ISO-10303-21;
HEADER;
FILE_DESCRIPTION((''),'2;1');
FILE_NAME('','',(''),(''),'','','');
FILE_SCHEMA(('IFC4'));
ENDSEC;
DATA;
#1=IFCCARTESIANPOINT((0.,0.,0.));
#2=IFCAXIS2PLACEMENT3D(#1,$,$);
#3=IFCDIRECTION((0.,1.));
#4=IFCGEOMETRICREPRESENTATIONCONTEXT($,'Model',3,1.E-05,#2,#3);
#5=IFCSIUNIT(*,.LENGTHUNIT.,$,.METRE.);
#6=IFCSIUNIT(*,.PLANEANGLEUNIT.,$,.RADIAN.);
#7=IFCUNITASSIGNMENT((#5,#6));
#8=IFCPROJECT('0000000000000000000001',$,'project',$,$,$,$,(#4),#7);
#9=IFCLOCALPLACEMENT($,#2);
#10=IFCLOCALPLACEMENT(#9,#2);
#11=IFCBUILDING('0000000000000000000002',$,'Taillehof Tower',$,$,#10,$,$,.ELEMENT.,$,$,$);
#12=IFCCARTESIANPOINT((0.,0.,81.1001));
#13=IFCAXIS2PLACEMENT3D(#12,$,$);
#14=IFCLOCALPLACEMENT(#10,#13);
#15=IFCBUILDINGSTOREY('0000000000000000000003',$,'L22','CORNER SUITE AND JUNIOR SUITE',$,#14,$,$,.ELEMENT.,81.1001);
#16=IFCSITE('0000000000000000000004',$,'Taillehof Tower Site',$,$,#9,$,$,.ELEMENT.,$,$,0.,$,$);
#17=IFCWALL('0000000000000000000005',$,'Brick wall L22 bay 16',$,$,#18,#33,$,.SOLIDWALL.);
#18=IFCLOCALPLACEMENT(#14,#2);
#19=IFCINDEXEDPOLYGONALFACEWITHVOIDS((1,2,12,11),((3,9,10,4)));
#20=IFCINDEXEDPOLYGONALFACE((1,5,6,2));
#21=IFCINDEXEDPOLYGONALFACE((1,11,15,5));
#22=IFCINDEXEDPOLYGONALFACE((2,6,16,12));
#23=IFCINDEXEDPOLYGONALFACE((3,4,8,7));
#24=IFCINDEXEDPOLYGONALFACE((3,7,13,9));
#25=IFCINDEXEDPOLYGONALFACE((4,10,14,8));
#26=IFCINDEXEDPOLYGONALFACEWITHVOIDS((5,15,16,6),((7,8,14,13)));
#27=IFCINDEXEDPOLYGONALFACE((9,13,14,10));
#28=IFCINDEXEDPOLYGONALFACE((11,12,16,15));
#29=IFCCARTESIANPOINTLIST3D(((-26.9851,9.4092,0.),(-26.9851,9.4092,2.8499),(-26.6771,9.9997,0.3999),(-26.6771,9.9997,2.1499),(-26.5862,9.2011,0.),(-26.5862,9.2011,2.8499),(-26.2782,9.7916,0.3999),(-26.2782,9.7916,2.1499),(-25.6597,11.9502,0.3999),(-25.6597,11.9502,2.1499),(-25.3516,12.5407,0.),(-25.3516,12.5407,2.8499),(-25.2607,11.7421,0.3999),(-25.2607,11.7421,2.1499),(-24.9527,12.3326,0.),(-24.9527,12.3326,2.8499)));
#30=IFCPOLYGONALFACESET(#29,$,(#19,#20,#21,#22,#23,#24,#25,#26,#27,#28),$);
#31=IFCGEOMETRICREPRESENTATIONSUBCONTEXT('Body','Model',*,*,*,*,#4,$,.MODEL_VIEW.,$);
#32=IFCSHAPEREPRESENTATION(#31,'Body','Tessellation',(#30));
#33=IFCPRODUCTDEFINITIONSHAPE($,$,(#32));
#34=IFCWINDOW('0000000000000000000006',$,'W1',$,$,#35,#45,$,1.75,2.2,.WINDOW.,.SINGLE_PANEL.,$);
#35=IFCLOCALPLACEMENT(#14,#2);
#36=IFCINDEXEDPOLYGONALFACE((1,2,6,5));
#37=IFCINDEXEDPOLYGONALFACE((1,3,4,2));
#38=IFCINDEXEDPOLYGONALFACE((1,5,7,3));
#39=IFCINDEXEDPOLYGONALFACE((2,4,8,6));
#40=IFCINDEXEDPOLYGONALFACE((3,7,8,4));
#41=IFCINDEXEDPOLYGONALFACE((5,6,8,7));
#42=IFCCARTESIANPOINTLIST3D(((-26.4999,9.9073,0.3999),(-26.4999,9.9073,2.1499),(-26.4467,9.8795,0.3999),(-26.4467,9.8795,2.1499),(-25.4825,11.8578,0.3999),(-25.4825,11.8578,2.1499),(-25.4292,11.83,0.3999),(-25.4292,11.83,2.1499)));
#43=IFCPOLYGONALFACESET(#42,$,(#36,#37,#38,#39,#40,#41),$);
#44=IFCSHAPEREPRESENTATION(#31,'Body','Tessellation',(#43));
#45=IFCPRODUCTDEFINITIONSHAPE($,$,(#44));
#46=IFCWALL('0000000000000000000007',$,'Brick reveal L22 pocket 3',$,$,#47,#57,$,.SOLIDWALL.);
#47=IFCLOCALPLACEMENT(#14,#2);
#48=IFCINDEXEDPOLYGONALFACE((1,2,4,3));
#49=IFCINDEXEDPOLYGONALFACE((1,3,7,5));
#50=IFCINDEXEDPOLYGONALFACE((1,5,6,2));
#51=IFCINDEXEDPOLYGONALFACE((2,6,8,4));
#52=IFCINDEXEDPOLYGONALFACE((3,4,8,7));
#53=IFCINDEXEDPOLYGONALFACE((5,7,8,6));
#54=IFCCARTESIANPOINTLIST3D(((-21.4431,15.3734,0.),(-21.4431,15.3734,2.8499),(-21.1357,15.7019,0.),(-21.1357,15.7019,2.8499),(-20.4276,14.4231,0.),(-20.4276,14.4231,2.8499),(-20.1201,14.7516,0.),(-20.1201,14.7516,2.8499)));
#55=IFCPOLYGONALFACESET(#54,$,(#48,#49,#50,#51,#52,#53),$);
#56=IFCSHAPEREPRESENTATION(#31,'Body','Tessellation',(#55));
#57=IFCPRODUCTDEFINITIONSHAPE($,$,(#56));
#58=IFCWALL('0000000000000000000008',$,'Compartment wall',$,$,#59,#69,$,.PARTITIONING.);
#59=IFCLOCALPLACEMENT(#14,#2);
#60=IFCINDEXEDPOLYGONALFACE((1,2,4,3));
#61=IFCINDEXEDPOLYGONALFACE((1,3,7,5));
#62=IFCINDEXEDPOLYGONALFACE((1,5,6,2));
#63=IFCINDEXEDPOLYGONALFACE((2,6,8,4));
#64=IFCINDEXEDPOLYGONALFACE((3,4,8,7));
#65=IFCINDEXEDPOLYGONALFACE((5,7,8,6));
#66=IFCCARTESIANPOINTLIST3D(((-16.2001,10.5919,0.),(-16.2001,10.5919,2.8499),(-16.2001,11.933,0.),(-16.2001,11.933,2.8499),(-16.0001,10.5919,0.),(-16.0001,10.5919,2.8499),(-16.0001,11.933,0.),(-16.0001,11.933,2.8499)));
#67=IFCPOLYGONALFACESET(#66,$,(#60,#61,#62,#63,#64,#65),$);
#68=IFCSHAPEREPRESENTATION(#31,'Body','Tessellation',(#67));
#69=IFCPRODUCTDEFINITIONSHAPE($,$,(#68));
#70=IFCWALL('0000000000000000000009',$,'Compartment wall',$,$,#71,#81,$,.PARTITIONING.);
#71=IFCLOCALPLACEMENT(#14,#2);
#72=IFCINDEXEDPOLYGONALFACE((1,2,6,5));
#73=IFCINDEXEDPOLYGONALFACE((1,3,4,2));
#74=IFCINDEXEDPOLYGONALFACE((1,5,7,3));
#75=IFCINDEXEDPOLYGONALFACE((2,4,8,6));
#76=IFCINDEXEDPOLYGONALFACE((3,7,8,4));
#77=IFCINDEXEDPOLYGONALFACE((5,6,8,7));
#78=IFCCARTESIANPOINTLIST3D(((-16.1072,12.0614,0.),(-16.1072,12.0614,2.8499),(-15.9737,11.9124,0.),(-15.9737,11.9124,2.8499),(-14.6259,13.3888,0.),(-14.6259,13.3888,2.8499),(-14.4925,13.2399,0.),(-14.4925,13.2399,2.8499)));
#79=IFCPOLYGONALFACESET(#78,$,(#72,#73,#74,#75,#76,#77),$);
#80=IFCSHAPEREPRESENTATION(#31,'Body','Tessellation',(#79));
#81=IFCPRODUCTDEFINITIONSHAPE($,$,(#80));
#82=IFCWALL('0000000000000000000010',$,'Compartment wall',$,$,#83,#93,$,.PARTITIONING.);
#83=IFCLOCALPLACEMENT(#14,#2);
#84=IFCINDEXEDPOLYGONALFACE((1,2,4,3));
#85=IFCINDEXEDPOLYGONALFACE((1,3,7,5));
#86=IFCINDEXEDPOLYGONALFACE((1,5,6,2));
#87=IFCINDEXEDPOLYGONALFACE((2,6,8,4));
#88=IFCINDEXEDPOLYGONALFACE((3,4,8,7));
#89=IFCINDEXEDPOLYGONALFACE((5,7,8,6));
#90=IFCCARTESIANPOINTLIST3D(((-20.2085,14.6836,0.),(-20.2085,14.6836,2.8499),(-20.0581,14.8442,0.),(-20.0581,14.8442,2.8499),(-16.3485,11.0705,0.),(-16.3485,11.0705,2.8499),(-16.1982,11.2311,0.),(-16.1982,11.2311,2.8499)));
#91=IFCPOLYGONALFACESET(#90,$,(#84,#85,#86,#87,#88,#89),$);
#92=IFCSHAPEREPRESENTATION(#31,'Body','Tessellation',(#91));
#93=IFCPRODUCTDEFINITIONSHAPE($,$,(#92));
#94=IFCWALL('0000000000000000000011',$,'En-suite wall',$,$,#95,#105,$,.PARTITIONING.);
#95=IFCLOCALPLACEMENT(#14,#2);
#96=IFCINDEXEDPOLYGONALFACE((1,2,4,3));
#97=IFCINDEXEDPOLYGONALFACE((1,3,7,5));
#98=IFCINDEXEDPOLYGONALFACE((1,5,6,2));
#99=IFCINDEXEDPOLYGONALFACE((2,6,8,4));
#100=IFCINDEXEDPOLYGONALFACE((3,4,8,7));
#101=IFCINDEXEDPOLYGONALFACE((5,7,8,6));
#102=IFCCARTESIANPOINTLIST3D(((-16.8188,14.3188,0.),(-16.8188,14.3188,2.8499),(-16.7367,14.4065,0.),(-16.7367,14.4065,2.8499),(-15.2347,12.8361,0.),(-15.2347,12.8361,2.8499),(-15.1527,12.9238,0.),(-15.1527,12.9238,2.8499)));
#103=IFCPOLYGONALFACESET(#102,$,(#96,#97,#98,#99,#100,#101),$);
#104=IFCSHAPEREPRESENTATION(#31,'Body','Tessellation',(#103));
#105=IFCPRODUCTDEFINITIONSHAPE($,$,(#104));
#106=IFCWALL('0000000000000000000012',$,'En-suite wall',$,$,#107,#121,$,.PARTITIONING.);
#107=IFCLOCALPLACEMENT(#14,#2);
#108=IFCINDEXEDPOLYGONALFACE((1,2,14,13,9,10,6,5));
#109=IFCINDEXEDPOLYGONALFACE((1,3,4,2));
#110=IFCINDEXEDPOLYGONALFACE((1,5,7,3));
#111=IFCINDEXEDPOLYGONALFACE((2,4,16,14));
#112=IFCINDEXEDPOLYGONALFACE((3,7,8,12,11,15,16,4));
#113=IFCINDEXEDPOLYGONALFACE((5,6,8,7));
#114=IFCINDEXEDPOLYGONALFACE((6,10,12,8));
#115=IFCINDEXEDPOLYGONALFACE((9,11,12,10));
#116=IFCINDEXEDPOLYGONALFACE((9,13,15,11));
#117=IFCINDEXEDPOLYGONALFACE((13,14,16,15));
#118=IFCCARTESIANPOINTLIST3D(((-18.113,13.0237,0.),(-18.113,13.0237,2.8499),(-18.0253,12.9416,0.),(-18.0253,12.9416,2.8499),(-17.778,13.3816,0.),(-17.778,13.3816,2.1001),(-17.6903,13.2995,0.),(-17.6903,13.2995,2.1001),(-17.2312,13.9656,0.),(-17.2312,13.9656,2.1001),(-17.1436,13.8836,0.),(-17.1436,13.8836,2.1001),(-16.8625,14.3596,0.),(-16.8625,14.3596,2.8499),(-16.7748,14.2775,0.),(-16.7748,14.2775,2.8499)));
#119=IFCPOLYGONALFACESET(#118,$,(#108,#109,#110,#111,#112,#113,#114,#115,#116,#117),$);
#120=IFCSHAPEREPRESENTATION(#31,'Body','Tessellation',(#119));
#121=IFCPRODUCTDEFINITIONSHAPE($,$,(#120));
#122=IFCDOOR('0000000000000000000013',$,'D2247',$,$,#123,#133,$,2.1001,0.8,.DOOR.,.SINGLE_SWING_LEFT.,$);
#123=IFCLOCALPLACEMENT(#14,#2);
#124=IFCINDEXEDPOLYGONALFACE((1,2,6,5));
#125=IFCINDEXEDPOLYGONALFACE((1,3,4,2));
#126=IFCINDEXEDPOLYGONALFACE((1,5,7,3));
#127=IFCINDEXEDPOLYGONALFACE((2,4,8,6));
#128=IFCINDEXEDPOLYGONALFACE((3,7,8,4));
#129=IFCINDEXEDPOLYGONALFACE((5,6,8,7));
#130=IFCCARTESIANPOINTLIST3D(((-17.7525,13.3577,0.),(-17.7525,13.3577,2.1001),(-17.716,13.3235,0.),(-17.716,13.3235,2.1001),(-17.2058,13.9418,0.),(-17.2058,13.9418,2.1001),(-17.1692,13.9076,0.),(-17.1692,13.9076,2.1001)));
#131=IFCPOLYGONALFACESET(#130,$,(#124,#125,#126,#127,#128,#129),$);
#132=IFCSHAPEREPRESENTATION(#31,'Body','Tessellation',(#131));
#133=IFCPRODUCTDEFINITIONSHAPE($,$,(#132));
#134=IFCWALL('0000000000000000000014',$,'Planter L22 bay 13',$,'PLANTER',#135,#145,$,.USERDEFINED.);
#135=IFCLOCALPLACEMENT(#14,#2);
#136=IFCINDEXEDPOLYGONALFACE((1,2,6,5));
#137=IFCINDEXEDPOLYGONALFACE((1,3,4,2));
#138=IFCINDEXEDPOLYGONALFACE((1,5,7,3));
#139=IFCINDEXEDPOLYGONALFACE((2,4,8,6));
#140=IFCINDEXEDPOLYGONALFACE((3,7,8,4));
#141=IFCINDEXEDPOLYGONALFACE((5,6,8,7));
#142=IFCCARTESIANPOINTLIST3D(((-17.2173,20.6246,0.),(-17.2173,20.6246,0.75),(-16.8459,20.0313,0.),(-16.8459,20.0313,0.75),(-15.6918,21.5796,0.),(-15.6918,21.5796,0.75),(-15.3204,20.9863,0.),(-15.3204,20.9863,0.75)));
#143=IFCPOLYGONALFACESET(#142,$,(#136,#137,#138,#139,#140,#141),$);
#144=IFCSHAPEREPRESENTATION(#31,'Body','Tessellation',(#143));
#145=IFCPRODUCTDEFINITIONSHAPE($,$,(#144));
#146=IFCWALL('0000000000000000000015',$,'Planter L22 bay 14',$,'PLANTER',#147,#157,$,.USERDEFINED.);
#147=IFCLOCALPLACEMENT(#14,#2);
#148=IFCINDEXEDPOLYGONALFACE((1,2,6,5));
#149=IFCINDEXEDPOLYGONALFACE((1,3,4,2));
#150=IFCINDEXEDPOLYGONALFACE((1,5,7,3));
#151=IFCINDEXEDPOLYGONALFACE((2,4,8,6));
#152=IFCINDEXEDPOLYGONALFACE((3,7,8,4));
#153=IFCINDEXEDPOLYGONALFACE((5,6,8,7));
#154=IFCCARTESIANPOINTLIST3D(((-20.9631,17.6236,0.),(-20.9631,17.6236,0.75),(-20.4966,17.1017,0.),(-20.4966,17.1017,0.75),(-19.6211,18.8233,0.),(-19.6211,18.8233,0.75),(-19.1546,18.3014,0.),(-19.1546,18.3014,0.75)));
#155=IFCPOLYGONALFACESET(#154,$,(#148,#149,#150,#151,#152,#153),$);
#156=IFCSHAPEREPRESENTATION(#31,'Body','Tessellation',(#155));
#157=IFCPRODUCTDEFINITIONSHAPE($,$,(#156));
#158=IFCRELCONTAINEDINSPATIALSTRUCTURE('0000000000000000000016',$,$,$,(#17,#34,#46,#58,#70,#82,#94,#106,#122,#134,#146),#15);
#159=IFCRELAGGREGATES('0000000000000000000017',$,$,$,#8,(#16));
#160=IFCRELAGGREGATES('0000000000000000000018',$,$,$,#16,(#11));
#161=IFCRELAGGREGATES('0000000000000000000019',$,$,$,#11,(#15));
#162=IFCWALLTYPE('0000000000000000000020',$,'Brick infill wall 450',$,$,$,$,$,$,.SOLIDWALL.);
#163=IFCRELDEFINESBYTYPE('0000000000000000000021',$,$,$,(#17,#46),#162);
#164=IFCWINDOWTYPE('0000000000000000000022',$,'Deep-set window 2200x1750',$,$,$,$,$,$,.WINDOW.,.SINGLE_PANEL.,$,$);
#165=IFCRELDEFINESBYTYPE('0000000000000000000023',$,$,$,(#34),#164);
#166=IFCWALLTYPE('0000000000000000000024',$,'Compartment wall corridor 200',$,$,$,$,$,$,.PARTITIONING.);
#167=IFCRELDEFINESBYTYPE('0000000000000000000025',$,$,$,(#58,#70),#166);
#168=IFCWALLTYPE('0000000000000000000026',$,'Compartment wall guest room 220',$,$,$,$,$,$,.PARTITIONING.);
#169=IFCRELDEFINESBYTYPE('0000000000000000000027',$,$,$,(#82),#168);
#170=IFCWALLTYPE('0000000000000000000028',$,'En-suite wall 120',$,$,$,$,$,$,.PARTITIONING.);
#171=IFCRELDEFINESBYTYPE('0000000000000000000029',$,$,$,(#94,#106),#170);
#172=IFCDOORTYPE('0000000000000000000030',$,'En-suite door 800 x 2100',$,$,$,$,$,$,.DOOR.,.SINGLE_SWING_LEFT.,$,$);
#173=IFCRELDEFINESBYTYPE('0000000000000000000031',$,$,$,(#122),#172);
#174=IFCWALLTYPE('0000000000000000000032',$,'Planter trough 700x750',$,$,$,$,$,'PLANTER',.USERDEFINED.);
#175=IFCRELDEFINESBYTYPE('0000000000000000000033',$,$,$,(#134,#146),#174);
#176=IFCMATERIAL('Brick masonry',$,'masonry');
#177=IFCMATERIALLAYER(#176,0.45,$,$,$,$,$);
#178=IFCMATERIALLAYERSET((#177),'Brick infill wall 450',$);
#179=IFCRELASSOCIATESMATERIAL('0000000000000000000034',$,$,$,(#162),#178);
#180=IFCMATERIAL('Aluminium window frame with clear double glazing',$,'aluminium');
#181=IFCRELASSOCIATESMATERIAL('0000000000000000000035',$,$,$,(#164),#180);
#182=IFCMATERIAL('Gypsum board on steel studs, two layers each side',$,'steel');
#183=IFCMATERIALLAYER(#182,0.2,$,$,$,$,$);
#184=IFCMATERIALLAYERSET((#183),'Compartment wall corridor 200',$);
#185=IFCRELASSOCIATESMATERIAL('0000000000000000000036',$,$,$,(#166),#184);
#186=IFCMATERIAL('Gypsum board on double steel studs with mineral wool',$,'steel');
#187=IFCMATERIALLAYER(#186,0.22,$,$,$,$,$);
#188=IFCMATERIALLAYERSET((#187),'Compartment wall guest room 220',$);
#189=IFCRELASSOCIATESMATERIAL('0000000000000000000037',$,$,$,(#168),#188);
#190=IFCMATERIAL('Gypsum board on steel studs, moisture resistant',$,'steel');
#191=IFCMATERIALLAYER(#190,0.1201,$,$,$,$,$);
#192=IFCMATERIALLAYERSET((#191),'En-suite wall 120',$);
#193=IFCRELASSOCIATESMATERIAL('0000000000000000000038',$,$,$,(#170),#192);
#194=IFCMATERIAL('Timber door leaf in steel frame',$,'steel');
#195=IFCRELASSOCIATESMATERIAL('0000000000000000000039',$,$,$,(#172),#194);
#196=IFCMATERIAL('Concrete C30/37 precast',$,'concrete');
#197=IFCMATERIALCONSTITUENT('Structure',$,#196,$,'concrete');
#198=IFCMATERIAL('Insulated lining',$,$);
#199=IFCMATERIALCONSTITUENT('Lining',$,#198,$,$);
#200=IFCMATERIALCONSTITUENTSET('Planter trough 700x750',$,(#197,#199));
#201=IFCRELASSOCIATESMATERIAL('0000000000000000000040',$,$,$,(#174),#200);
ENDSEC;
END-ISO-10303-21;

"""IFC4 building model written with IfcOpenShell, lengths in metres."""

from ifc_helpers import new_model, si_unit, direction, frame, frame_2d, origin, place, context, subcontext, project, spatial, rectangle, extrude, material, layer, layer_set, constituent, constituent_set, type_object, element, fill, save


model = new_model("IFC4")

# Units and contexts
model_context = context("Model", 3, precision=1e-05, world=origin(), true_north=direction((0.0, 1.0)))
body_context = subcontext(model_context, "Body", "Model", "MODEL_VIEW")
ifc_project = project(units=[si_unit("LENGTHUNIT", "METRE"), si_unit("PLANEANGLEUNIT", "RADIAN")], contexts=[model_context])

# Site, building, storey
site_placement = place(None, origin())
site = spatial("IfcSite", under=ifc_project, at=site_placement, Name="Taillehof Tower Site", CompositionType="ELEMENT", RefElevation=0.0)
building_placement = place(site_placement, origin())
building = spatial("IfcBuilding", under=site, at=building_placement, Name="Taillehof Tower", CompositionType="ELEMENT")
storey_placement = place(building_placement, frame((0.0, 0.0, 81.1001)))
storey = spatial("IfcBuildingStorey", under=building, at=storey_placement, Name="L22", Description="CORNER SUITE AND JUNIOR SUITE", CompositionType="ELEMENT", Elevation=81.1001)

# Wall, opening, window
ifc_material_1 = material(Name="Brick masonry", Category="masonry")
ifc_layer_1 = layer(ifc_material_1, 0.45)
ifc_layer_set_1 = layer_set([ifc_layer_1], Name="Brick infill wall 450")
wall_type_1 = type_object("IfcWallType", Name="Brick infill wall 450", PredefinedType="SOLIDWALL", material=ifc_layer_set_1)
ifc_material_2 = material(Name="Aluminium window frame with clear double glazing", Category="aluminium")
window_type_1 = type_object("IfcWindowType", Name="Deep-set window 2200x1750", PartitioningType="SINGLE_PANEL", PredefinedType="WINDOW", material=ifc_material_2)
wall_1_placement = place(storey_placement, frame((-25.1521, 12.4368, 0.0), z_axis=(0.0, 0.0, 1.0), x_axis=(-0.462493, -0.886623, 0.0)))
wall_1 = element("IfcWall", 1, at=wall_1_placement, inside=storey, type_object=wall_type_1, Name="Brick wall L22 bay 16", PredefinedType="SOLIDWALL", context=body_context, shape_type="SweptSolid", body=[
    extrude(rectangle(XDim=3.532, YDim=0.45, at=frame_2d((1.7661, 0.0))), origin(), (0.0, 0.0, 1.0), 2.8499),
])
opening_1_placement = place(wall_1_placement, frame((0.666, 0.0, 0.3999)))
opening_1 = element("IfcOpeningElement", 2, at=opening_1_placement, cuts=wall_1, PredefinedType="OPENING", context=body_context, shape_type="SweptSolid", body=[
    extrude(rectangle(XDim=2.2, YDim=1.75, at=frame_2d((1.1001, 0.875))), frame((0.0, 0.2349, 0.0), z_axis=(0.0, -1.0, 0.0), x_axis=(1.0, 0.0, 0.0)), (0.0, 0.0, 1.0), 0.47),
])
window_1_placement = place(opening_1_placement, origin())
window_1 = element("IfcWindow", 3, at=window_1_placement, inside=storey, type_object=window_type_1, Name="W1", OverallHeight=1.75, OverallWidth=2.2, PartitioningType="SINGLE_PANEL", PredefinedType="WINDOW", context=body_context, shape_type="SweptSolid", body=[
    extrude(rectangle(XDim=2.2, YDim=1.75, at=frame_2d((1.1001, 0.875))), frame((0.0, 0.0349, 0.0), z_axis=(0.0, -1.0, 0.0), x_axis=(1.0, 0.0, 0.0)), (0.0, 0.0, 1.0), 0.0601),
])
fill(opening_1, window_1)

# Wall
wall_2_placement = place(storey_placement, frame((-21.2893, 15.5376, 0.0), z_axis=(0.0, 0.0, 1.0), x_axis=(0.73015, -0.683287, 0.0)))
element("IfcWall", 4, at=wall_2_placement, inside=storey, type_object=wall_type_1, Name="Brick reveal L22 pocket 3", PredefinedType="SOLIDWALL", context=body_context, shape_type="SweptSolid", body=[
    extrude(rectangle(XDim=1.3909, YDim=0.45, at=frame_2d((0.6953, 0.0))), origin(), (0.0, 0.0, 1.0), 2.8499),
])

# Walls
ifc_material_3 = material(Name="Gypsum board on steel studs, two layers each side", Category="steel")
ifc_layer_2 = layer(ifc_material_3, 0.2)
ifc_layer_set_2 = layer_set([ifc_layer_2], Name="Compartment wall corridor 200")
wall_type_2 = type_object("IfcWallType", Name="Compartment wall corridor 200", PredefinedType="PARTITIONING", material=ifc_layer_set_2)
wall_3_placement = place(storey_placement, frame((-16.1001, 10.592, 0.0), z_axis=(0.0, 0.0, 1.0), x_axis=(0.0, 1.0, 0.0)))
element("IfcWall", 5, at=wall_3_placement, inside=storey, type_object=wall_type_2, Name="Compartment wall", PredefinedType="PARTITIONING", context=body_context, shape_type="SweptSolid", body=[
    extrude(rectangle(XDim=1.3411, YDim=0.2, at=frame_2d((0.6704, 0.0))), origin(), (0.0, 0.0, 1.0), 2.8499),
])
wall_4_placement = place(storey_placement, frame((-16.0405, 11.9868, 0.0), z_axis=(0.0, 0.0, 1.0), x_axis=(0.744715, 0.667383, 0.0)))
element("IfcWall", 6, at=wall_4_placement, inside=storey, type_object=wall_type_2, Name="Compartment wall", PredefinedType="PARTITIONING", context=body_context, shape_type="SweptSolid", body=[
    extrude(rectangle(XDim=1.989, YDim=0.2, at=frame_2d((0.9946, 0.0))), origin(), (0.0, 0.0, 1.0), 2.8499),
])
ifc_material_4 = material(Name="Gypsum board on double steel studs with mineral wool", Category="steel")
ifc_layer_3 = layer(ifc_material_4, 0.22)
ifc_layer_set_3 = layer_set([ifc_layer_3], Name="Compartment wall guest room 220")
wall_type_3 = type_object("IfcWallType", Name="Compartment wall guest room 220", PredefinedType="PARTITIONING", material=ifc_layer_set_3)
wall_5_placement = place(storey_placement, frame((-20.1333, 14.7639, 0.0), z_axis=(0.0, 0.0, 1.0), x_axis=(0.730064, -0.683379, 0.0)))
element("IfcWall", 7, at=wall_5_placement, inside=storey, type_object=wall_type_3, Name="Compartment wall", PredefinedType="PARTITIONING", context=body_context, shape_type="SweptSolid", body=[
    extrude(rectangle(XDim=5.2871, YDim=0.22, at=frame_2d((2.6436, 0.0))), origin(), (0.0, 0.0, 1.0), 2.8499),
])
ifc_material_5 = material(Name="Gypsum board on steel studs, moisture resistant", Category="steel")
ifc_layer_4 = layer(ifc_material_5, 0.1201)
ifc_layer_set_4 = layer_set([ifc_layer_4], Name="En-suite wall 120")
wall_type_4 = type_object("IfcWallType", Name="En-suite wall 120", PredefinedType="PARTITIONING", material=ifc_layer_set_4)
wall_6_placement = place(storey_placement, frame((-15.1936, 12.8799, 0.0), z_axis=(0.0, 0.0, 1.0), x_axis=(-0.73007, 0.683372, 0.0)))
element("IfcWall", 8, at=wall_6_placement, inside=storey, type_object=wall_type_4, Name="En-suite wall", PredefinedType="PARTITIONING", context=body_context, shape_type="SweptSolid", body=[
    extrude(rectangle(XDim=2.1697, YDim=0.1201, at=frame_2d((1.085, 0.0))), origin(), (0.0, 0.0, 1.0), 2.8499),
])

# Wall, opening, door
wall_7_placement = place(storey_placement, frame((-16.8186, 14.3186, 0.0), z_axis=(0.0, 0.0, 1.0), x_axis=(-0.683373, -0.73007, 0.0)))
wall_7 = element("IfcWall", 9, at=wall_7_placement, inside=storey, type_object=wall_type_4, Name="En-suite wall", PredefinedType="PARTITIONING", context=body_context, shape_type="SweptSolid", body=[
    extrude(rectangle(XDim=1.8298, YDim=0.1201, at=frame_2d((0.915, 0.0))), origin(), (0.0, 0.0, 1.0), 2.8499),
])
opening_2_placement = place(wall_7_placement, frame((0.5398, 0.0, 0.0)))
opening_2 = element("IfcOpeningElement", 10, at=opening_2_placement, cuts=wall_7, PredefinedType="OPENING", context=body_context, shape_type="SweptSolid", body=[
    extrude(rectangle(XDim=0.8, YDim=2.1001, at=frame_2d((0.3999, 1.05))), frame((0.0, 0.0701, 0.0), z_axis=(0.0, -1.0, 0.0), x_axis=(1.0, 0.0, 0.0)), (0.0, 0.0, 1.0), 0.1401),
])
ifc_material_6 = material(Name="Timber door leaf in steel frame", Category="steel")
door_type_1 = type_object("IfcDoorType", Name="En-suite door 800 x 2100", OperationType="SINGLE_SWING_LEFT", PredefinedType="DOOR", material=ifc_material_6)
door_1_placement = place(opening_2_placement, origin())
door_1 = element("IfcDoor", 11, at=door_1_placement, inside=storey, type_object=door_type_1, Name="D2247", OperationType="SINGLE_SWING_LEFT", OverallHeight=2.1001, OverallWidth=0.8, PredefinedType="DOOR", context=body_context, shape_type="SweptSolid", body=[
    extrude(rectangle(XDim=0.8, YDim=2.1001, at=frame_2d((0.3999, 1.05))), frame((0.0, 0.0249, 0.0), z_axis=(0.0, -1.0, 0.0), x_axis=(1.0, 0.0, 0.0)), (0.0, 0.0, 1.0), 0.05),
])
fill(opening_2, door_1)

# Walls
ifc_material_7 = material(Name="Concrete C30/37 precast", Category="concrete")
ifc_constituent_1 = constituent(ifc_material_7, Name="Structure", Category="concrete")
ifc_material_8 = material(Name="Insulated lining")
ifc_constituent_2 = constituent(ifc_material_8, Name="Lining")
ifc_constituent_set = constituent_set(constituents=[ifc_constituent_1, ifc_constituent_2], Name="Planter trough 700x750")
wall_type_5 = type_object("IfcWallType", Name="Planter trough 700x750", ElementType="PLANTER", PredefinedType="USERDEFINED", material=ifc_constituent_set)
wall_8_placement = place(storey_placement, frame((-15.5061, 21.283, 0.0), z_axis=(0.0, 0.0, 1.0), x_axis=(-0.847609, -0.530621, 0.0)))
element("IfcWall", 12, at=wall_8_placement, inside=storey, type_object=wall_type_5, Name="Planter L22 bay 13", ObjectType="PLANTER", PredefinedType="USERDEFINED", context=body_context, shape_type="SweptSolid", body=[
    extrude(rectangle(XDim=1.7998, YDim=0.7, at=frame_2d((0.8999, 0.0))), origin(), (0.0, 0.0, 1.0), 0.75),
])
wall_9_placement = place(storey_placement, frame((-19.3879, 18.5623, 0.0), z_axis=(0.0, 0.0, 1.0), x_axis=(-0.745536, -0.666466, 0.0)))
element("IfcWall", 13, at=wall_9_placement, inside=storey, type_object=wall_type_5, Name="Planter L22 bay 14", ObjectType="PLANTER", PredefinedType="USERDEFINED", context=body_context, shape_type="SweptSolid", body=[
    extrude(rectangle(XDim=1.8, YDim=0.7, at=frame_2d((0.8999, 0.0))), origin(), (0.0, 0.0, 1.0), 0.75),
])

save(model, "model.ifc")
